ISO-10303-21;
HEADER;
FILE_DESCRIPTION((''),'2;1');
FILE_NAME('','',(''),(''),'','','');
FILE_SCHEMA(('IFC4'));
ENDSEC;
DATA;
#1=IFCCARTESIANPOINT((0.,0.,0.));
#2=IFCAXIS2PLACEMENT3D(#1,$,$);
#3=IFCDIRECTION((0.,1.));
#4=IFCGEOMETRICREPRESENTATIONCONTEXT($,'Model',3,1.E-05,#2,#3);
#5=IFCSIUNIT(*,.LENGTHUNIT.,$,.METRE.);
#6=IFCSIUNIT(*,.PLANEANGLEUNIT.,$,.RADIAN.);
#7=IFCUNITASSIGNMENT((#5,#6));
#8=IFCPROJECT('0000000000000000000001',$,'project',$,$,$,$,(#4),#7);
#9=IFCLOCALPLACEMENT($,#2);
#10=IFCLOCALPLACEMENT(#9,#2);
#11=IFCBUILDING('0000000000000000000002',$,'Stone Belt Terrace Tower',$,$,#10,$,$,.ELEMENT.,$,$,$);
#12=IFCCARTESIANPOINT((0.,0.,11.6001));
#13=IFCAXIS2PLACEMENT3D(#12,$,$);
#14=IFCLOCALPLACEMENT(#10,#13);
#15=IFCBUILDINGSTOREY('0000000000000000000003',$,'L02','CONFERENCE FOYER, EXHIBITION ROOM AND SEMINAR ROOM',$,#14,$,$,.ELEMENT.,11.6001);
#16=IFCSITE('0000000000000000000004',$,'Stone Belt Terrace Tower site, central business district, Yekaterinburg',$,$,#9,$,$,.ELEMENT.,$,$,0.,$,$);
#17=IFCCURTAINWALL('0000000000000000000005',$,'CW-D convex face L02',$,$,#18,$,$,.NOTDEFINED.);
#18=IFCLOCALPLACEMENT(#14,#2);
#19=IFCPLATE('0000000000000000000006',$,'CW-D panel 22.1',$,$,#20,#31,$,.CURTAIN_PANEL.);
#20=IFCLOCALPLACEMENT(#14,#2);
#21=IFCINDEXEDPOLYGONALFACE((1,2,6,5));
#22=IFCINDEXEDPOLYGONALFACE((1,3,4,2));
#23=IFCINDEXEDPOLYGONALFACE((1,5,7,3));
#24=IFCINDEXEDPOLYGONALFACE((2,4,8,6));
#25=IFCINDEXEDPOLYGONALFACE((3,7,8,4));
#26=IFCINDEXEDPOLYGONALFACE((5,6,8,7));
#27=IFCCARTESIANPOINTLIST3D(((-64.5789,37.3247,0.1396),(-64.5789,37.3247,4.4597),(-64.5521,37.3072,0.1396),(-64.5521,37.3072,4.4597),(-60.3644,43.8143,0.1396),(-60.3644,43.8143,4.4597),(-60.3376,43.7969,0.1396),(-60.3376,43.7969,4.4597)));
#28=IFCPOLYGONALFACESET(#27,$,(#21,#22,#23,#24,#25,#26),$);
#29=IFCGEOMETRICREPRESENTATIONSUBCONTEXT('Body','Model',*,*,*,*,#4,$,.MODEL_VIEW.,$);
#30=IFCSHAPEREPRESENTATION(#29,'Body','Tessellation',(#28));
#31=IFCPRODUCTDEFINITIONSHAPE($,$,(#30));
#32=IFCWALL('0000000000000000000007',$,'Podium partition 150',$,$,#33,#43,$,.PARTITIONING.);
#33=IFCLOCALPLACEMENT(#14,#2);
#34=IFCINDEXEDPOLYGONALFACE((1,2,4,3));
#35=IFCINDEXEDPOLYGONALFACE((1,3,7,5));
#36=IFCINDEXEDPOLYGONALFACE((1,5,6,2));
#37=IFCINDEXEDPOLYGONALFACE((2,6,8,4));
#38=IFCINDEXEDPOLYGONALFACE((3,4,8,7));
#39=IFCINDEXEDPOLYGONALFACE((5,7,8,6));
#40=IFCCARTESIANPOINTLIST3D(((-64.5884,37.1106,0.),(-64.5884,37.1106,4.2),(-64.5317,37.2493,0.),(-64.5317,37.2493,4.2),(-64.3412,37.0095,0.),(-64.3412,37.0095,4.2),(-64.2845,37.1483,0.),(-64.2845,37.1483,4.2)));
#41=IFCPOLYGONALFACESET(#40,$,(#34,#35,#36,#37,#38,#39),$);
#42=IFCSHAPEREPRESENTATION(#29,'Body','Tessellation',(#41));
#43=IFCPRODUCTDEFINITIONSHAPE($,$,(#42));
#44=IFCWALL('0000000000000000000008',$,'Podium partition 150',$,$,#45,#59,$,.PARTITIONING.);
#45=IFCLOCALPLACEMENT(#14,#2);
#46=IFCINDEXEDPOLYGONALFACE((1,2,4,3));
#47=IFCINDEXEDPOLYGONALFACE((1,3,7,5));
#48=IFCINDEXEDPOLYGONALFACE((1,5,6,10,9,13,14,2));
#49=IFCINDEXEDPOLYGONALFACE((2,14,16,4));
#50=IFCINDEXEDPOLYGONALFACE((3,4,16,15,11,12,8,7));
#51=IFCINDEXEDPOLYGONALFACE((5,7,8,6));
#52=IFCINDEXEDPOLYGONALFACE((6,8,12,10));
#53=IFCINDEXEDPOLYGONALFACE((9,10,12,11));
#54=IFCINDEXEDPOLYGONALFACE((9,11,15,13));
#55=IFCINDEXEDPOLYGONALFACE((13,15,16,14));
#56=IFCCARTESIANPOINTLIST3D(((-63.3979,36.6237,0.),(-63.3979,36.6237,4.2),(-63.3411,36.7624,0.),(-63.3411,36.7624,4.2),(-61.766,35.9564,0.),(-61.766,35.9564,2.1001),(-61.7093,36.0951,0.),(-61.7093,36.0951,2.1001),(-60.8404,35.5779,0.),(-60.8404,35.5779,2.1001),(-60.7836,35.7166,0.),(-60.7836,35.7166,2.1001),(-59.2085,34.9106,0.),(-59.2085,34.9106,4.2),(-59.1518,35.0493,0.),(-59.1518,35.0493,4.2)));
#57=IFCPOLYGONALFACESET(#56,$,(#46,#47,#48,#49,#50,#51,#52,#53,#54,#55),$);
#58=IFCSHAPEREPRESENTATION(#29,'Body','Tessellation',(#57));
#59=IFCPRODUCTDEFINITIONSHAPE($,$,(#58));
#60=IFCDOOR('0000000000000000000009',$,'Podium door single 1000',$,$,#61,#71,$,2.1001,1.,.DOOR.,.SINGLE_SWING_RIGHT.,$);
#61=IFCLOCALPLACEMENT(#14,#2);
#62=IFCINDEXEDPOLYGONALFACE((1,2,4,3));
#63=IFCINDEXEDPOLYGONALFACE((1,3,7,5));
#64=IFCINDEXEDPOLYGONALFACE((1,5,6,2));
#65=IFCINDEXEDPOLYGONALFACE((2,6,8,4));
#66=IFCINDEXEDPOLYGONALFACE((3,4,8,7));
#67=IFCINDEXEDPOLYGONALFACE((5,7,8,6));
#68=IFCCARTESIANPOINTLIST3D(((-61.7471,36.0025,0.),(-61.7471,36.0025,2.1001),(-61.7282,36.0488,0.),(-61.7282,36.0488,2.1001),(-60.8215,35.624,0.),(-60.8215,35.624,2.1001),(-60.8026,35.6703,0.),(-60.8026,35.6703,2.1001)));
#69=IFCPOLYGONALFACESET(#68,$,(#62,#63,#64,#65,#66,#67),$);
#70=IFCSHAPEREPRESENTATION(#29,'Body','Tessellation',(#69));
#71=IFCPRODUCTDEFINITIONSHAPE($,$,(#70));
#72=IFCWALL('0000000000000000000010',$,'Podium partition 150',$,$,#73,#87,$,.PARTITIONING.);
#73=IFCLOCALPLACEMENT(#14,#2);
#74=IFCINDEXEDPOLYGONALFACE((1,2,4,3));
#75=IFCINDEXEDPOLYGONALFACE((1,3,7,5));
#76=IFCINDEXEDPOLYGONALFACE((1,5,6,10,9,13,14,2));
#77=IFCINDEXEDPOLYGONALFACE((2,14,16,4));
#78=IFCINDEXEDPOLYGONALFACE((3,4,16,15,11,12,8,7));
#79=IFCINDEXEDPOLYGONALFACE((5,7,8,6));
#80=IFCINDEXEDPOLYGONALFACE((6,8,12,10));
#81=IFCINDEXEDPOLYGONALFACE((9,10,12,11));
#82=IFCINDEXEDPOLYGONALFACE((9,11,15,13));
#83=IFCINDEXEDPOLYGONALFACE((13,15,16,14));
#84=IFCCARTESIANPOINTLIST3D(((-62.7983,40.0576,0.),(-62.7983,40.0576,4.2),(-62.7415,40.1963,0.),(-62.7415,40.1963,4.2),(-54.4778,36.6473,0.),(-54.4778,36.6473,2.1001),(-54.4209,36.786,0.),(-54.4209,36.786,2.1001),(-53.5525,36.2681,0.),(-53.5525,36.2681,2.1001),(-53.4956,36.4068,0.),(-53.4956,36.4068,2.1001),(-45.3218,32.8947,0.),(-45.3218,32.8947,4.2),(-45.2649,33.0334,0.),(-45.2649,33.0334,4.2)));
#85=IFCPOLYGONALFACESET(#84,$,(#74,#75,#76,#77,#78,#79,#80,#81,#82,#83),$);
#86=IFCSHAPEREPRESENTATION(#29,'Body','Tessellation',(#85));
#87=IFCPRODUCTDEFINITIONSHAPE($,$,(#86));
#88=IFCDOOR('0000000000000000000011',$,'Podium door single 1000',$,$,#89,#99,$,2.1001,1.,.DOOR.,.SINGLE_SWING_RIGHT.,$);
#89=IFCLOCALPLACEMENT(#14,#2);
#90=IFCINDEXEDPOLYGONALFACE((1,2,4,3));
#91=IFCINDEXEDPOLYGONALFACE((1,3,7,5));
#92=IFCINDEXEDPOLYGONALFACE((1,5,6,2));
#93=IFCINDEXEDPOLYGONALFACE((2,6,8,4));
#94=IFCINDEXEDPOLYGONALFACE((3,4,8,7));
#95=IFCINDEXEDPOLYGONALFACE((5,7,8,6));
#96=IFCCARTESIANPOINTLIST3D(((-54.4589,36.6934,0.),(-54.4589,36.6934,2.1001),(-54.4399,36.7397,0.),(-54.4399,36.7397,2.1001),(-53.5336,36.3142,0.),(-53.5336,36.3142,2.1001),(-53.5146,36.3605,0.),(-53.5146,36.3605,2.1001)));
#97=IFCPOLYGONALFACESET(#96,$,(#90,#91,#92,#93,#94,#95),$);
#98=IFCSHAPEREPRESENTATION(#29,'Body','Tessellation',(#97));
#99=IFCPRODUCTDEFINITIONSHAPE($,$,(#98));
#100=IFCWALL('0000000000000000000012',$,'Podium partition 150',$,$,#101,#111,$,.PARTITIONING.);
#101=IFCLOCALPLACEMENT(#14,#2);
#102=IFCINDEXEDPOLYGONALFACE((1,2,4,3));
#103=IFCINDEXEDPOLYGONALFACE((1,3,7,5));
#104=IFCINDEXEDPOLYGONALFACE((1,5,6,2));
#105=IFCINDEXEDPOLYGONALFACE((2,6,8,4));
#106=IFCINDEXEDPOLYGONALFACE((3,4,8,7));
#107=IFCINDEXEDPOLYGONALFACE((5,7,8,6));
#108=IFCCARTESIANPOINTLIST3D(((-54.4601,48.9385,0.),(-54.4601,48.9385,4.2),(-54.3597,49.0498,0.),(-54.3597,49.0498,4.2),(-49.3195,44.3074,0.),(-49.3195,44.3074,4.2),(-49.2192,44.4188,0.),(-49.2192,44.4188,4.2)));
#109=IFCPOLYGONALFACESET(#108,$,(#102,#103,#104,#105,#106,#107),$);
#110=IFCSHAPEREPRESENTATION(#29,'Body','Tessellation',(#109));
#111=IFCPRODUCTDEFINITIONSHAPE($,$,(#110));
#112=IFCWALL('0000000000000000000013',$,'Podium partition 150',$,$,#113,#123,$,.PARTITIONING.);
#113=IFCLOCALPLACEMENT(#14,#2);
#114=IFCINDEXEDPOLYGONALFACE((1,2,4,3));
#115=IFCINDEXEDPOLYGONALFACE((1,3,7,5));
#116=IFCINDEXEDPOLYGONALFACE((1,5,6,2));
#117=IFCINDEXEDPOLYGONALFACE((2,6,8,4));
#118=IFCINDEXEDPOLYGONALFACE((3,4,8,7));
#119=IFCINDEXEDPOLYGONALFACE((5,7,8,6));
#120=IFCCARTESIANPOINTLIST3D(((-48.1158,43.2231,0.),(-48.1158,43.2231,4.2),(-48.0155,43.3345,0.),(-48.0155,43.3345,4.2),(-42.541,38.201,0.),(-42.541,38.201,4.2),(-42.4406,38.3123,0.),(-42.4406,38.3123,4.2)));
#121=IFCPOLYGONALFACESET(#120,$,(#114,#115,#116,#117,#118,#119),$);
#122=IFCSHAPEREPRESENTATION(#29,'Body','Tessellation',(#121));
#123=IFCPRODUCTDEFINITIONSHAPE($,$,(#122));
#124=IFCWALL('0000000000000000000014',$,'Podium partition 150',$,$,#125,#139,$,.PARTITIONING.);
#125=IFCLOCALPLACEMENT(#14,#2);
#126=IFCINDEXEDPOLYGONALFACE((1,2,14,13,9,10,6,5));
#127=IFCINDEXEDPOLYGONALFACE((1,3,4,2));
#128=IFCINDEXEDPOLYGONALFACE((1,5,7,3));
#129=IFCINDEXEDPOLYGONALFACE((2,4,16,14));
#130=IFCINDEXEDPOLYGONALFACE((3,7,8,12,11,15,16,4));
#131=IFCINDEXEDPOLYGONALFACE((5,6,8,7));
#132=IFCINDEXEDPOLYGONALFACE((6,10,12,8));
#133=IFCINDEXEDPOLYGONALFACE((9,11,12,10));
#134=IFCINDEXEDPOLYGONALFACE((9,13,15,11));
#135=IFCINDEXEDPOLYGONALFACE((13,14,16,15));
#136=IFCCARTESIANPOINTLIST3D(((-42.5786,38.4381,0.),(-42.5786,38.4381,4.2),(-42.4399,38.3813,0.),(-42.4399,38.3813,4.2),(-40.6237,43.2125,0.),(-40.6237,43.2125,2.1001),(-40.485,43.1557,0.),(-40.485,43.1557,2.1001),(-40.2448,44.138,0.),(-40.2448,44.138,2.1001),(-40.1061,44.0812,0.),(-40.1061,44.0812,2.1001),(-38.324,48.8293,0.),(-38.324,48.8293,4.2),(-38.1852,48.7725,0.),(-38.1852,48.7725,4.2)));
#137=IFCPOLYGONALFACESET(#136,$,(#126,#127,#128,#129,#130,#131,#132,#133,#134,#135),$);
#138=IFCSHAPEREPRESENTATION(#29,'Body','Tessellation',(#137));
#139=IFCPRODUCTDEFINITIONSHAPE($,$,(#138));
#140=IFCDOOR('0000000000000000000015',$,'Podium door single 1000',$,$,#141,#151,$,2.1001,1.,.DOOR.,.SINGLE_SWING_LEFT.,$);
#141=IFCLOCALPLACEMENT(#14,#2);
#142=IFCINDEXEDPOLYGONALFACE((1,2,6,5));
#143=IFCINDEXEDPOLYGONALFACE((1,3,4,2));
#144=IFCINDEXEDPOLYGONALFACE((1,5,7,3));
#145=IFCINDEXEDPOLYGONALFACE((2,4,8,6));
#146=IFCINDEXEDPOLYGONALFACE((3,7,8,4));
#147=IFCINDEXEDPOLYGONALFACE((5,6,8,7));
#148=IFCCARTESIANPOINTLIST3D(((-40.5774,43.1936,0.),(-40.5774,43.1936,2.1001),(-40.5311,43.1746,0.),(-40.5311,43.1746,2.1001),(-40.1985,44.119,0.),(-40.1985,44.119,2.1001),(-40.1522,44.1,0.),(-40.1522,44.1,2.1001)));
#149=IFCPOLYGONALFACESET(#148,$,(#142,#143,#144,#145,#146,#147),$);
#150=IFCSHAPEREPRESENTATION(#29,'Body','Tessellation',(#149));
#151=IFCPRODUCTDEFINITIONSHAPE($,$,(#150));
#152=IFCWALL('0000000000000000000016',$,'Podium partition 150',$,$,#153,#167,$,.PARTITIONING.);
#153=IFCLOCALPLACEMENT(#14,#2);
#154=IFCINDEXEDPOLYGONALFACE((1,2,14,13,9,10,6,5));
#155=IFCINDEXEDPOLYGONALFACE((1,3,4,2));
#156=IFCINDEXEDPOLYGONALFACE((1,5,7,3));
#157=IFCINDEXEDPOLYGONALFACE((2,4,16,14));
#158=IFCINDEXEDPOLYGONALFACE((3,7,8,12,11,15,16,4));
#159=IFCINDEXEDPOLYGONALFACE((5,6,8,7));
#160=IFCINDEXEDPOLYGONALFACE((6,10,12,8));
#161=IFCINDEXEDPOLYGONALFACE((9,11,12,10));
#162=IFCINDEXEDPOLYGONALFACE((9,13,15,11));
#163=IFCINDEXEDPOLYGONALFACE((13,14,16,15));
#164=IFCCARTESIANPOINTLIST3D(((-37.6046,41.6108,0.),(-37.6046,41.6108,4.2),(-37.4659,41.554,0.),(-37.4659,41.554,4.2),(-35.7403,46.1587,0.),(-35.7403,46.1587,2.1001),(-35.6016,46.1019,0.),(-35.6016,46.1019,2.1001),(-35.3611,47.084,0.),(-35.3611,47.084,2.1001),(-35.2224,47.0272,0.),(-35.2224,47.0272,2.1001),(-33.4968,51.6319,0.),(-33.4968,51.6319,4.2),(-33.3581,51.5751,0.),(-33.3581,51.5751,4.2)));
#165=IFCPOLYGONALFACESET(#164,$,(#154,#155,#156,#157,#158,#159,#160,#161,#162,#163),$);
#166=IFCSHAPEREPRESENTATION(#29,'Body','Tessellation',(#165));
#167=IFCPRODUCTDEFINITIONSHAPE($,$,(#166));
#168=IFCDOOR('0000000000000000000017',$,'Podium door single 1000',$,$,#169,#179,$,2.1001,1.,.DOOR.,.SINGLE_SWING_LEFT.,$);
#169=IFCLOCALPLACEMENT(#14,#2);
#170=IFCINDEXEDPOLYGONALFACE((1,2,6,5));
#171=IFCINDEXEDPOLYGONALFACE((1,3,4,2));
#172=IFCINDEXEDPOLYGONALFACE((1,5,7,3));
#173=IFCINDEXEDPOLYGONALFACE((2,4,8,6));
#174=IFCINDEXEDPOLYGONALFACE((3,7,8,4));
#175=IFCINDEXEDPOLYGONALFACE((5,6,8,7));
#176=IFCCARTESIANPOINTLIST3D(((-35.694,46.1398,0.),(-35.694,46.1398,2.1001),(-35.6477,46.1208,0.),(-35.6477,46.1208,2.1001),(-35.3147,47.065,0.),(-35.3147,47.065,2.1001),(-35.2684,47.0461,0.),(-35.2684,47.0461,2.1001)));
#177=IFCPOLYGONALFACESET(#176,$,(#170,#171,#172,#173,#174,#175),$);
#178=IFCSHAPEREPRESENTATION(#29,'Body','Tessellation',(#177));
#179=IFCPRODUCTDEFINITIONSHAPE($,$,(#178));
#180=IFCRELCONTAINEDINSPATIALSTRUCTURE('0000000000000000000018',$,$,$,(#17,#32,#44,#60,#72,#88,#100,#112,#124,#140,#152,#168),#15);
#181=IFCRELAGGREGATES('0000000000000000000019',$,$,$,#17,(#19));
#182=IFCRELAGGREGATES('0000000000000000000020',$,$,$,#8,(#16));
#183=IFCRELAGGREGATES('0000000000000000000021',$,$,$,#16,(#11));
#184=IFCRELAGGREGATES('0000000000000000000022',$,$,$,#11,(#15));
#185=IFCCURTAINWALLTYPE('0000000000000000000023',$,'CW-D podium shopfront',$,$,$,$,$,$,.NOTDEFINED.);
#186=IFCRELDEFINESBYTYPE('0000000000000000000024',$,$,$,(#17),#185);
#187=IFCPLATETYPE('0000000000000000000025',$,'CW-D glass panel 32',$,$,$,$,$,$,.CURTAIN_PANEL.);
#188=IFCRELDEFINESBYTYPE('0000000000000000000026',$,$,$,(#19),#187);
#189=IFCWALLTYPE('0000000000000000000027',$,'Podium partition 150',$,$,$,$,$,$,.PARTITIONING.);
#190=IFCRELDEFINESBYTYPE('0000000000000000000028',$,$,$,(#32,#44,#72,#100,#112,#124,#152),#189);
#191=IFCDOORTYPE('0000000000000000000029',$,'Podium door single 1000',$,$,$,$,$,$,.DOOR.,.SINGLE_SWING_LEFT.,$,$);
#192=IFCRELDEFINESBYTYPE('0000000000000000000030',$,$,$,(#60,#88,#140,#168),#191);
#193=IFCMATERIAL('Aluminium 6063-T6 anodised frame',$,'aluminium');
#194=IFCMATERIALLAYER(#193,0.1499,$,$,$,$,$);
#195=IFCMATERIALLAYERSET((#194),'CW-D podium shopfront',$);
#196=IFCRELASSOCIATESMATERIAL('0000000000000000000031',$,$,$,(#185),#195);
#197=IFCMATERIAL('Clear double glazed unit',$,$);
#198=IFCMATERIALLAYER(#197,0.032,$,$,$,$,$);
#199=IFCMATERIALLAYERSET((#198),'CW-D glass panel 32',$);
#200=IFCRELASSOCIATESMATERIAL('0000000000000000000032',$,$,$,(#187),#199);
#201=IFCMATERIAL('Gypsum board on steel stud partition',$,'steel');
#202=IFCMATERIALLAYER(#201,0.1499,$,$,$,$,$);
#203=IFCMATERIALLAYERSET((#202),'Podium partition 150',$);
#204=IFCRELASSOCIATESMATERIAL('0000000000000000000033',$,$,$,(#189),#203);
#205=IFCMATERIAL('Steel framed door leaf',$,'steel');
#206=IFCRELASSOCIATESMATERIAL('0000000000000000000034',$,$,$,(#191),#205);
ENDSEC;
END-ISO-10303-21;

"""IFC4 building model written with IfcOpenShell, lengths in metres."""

from ifc_helpers import new_model, si_unit, direction, frame, frame_2d, origin, origin_2d, place, context, subcontext, project, spatial, rectangle, extrude, material, layer, layer_set, type_object, element, fill, aggregate, save


model = new_model("IFC4")

# Units and contexts
model_context = context("Model", 3, precision=1e-05, world=origin(), true_north=direction((0.0, 1.0)))
body_context = subcontext(model_context, "Body", "Model", "MODEL_VIEW")
ifc_project = project(units=[si_unit("LENGTHUNIT", "METRE"), si_unit("PLANEANGLEUNIT", "RADIAN")], contexts=[model_context])

# Site, building, storey
site_placement = place(None, origin())
site = spatial("IfcSite", under=ifc_project, at=site_placement, Name="Stone Belt Terrace Tower site, central business district, Yekaterinburg", CompositionType="ELEMENT", RefElevation=0.0)
building_placement = place(site_placement, origin())
building = spatial("IfcBuilding", under=site, at=building_placement, Name="Stone Belt Terrace Tower", CompositionType="ELEMENT")
storey_placement = place(building_placement, frame((0.0, 0.0, 11.6001)))
storey = spatial("IfcBuildingStorey", under=building, at=storey_placement, Name="L02", Description="CONFERENCE FOYER, EXHIBITION ROOM AND SEMINAR ROOM", CompositionType="ELEMENT", Elevation=11.6001)

# Curtain wall, plate
ifc_material_1 = material(Name="Aluminium 6063-T6 anodised frame", Category="aluminium")
ifc_layer_1 = layer(ifc_material_1, 0.1499)
ifc_layer_set_1 = layer_set([ifc_layer_1], Name="CW-D podium shopfront")
curtain_wall_type = type_object("IfcCurtainWallType", Name="CW-D podium shopfront", PredefinedType="NOTDEFINED", material=ifc_layer_set_1)
curtain_wall_placement = place(storey_placement, origin())
curtain_wall = element("IfcCurtainWall", 1, at=curtain_wall_placement, inside=storey, type_object=curtain_wall_type, Name="CW-D convex face L02", PredefinedType="NOTDEFINED")
ifc_material_2 = material(Name="Clear double glazed unit")
ifc_layer_2 = layer(ifc_material_2, 0.032)
ifc_layer_set_2 = layer_set([ifc_layer_2], Name="CW-D glass panel 32")
plate_type = type_object("IfcPlateType", Name="CW-D glass panel 32", PredefinedType="CURTAIN_PANEL", material=ifc_layer_set_2)
plate_1_placement = place(storey_placement, frame((-62.4583, 40.5608, 0.1396), z_axis=(0.0, 0.0, 1.0), x_axis=(-0.544639, -0.838671, 0.0)))
plate_1 = element("IfcPlate", 2, at=plate_1_placement, type_object=plate_type, Name="CW-D panel 22.1", PredefinedType="CURTAIN_PANEL", context=body_context, shape_type="SweptSolid", body=[
    extrude(rectangle(XDim=7.738, YDim=0.032, at=origin_2d()), origin(), (0.0, 0.0, 1.0), 4.3201),
])
aggregate(curtain_wall, [plate_1])

# Wall
ifc_material_3 = material(Name="Gypsum board on steel stud partition", Category="steel")
ifc_layer_3 = layer(ifc_material_3, 0.1499)
ifc_layer_set_3 = layer_set([ifc_layer_3], Name="Podium partition 150")
wall_type = type_object("IfcWallType", Name="Podium partition 150", PredefinedType="PARTITIONING", material=ifc_layer_set_3)
wall_1_placement = place(storey_placement, frame((-64.5601, 37.1799, 0.0), z_axis=(0.0, 0.0, 1.0), x_axis=(0.925678, -0.378313, 0.0)))
element("IfcWall", 3, at=wall_1_placement, inside=storey, type_object=wall_type, Name="Podium partition 150", PredefinedType="PARTITIONING", context=body_context, shape_type="SweptSolid", body=[
    extrude(rectangle(XDim=0.2671, YDim=0.1499, at=frame_2d((0.1335, 0.0))), origin(), (0.0, 0.0, 1.0), 4.2),
])

# Walls, openings, doors
wall_2_placement = place(storey_placement, frame((-63.3696, 36.6931, 0.0), z_axis=(0.0, 0.0, 1.0), x_axis=(0.925604, -0.378494, 0.0)))
wall_2 = element("IfcWall", 4, at=wall_2_placement, inside=storey, type_object=wall_type, Name="Podium partition 150", PredefinedType="PARTITIONING", context=body_context, shape_type="SweptSolid", body=[
    extrude(rectangle(XDim=4.5261, YDim=0.1499, at=frame_2d((2.2632, 0.0))), origin(), (0.0, 0.0, 1.0), 4.2),
])
opening_1_placement = place(wall_2_placement, frame((1.7632, 0.0, 0.0)))
opening_1 = element("IfcOpeningElement", 5, at=opening_1_placement, cuts=wall_2, PredefinedType="OPENING", context=body_context, shape_type="SweptSolid", body=[
    extrude(rectangle(XDim=1.0, YDim=2.1001, at=frame_2d((0.5, 1.05))), frame((0.0, 0.085, 0.0), z_axis=(0.0, -1.0, 0.0), x_axis=(1.0, 0.0, 0.0)), (0.0, 0.0, 1.0), 0.1699),
])
ifc_material_4 = material(Name="Steel framed door leaf", Category="steel")
door_type = type_object("IfcDoorType", Name="Podium door single 1000", OperationType="SINGLE_SWING_LEFT", PredefinedType="DOOR", material=ifc_material_4)
door_1_placement = place(opening_1_placement, origin())
door_1 = element("IfcDoor", 6, at=door_1_placement, inside=storey, type_object=door_type, Name="Podium door single 1000", OperationType="SINGLE_SWING_RIGHT", OverallHeight=2.1001, OverallWidth=1.0, PredefinedType="DOOR", context=body_context, shape_type="SweptSolid", body=[
    extrude(rectangle(XDim=1.0, YDim=2.1001, at=frame_2d((0.5, 1.05))), frame((0.0, 0.0249, 0.0), z_axis=(0.0, -1.0, 0.0), x_axis=(1.0, 0.0, 0.0)), (0.0, 0.0, 1.0), 0.05),
])
fill(opening_1, door_1)
wall_3_placement = place(storey_placement, frame((-62.77, 40.127, 0.0), z_axis=(0.0, 0.0, 1.0), x_axis=(0.925299, -0.379238, 0.0)))
wall_3 = element("IfcWall", 7, at=wall_3_placement, inside=storey, type_object=wall_type, Name="Podium partition 150", PredefinedType="PARTITIONING", context=body_context, shape_type="SweptSolid", body=[
    extrude(rectangle(XDim=18.8875, YDim=0.1499, at=frame_2d((9.4438, 0.0))), origin(), (0.0, 0.0, 1.0), 4.2),
])
opening_2_placement = place(wall_3_placement, frame((8.9924, 0.0, 0.0)))
opening_2 = element("IfcOpeningElement", 8, at=opening_2_placement, cuts=wall_3, PredefinedType="OPENING", context=body_context, shape_type="SweptSolid", body=[
    extrude(rectangle(XDim=1.0, YDim=2.1001, at=frame_2d((0.5, 1.05))), frame((0.0, 0.085, 0.0), z_axis=(0.0, -1.0, 0.0), x_axis=(1.0, 0.0, 0.0)), (0.0, 0.0, 1.0), 0.1699),
])
door_2_placement = place(opening_2_placement, origin())
door_2 = element("IfcDoor", 9, at=door_2_placement, inside=storey, type_object=door_type, Name="Podium door single 1000", OperationType="SINGLE_SWING_RIGHT", OverallHeight=2.1001, OverallWidth=1.0, PredefinedType="DOOR", context=body_context, shape_type="SweptSolid", body=[
    extrude(rectangle(XDim=1.0, YDim=2.1001, at=frame_2d((0.5, 1.05))), frame((0.0, 0.0249, 0.0), z_axis=(0.0, -1.0, 0.0), x_axis=(1.0, 0.0, 0.0)), (0.0, 0.0, 1.0), 0.05),
])
fill(opening_2, door_2)

# Walls
wall_4_placement = place(storey_placement, frame((-54.4099, 48.9941, 0.0), z_axis=(0.0, 0.0, 1.0), x_axis=(0.742968, -0.669327, 0.0)))
element("IfcWall", 10, at=wall_4_placement, inside=storey, type_object=wall_type, Name="Podium partition 150", PredefinedType="PARTITIONING", context=body_context, shape_type="SweptSolid", body=[
    extrude(rectangle(XDim=6.9189, YDim=0.1499, at=frame_2d((3.4595, 0.0))), origin(), (0.0, 0.0, 1.0), 4.2),
])
wall_5_placement = place(storey_placement, frame((-48.0657, 43.2788, 0.0), z_axis=(0.0, 0.0, 1.0), x_axis=(0.742979, -0.669315, 0.0)))
element("IfcWall", 11, at=wall_5_placement, inside=storey, type_object=wall_type, Name="Podium partition 150", PredefinedType="PARTITIONING", context=body_context, shape_type="SweptSolid", body=[
    extrude(rectangle(XDim=7.5034, YDim=0.1499, at=frame_2d((3.7517, 0.0))), origin(), (0.0, 0.0, 1.0), 4.2),
])

# Walls, openings, doors
wall_6_placement = place(storey_placement, frame((-42.5093, 38.4097, 0.0), z_axis=(0.0, 0.0, 1.0), x_axis=(0.378917, 0.925431, 0.0)))
wall_6 = element("IfcWall", 12, at=wall_6_placement, inside=storey, type_object=wall_type, Name="Podium partition 150", PredefinedType="PARTITIONING", context=body_context, shape_type="SweptSolid", body=[
    extrude(rectangle(XDim=11.2285, YDim=0.1499, at=frame_2d((5.6143, 0.0))), origin(), (0.0, 0.0, 1.0), 4.2),
])
opening_3_placement = place(wall_6_placement, frame((5.1592, 0.0, 0.0)))
opening_3 = element("IfcOpeningElement", 13, at=opening_3_placement, cuts=wall_6, PredefinedType="OPENING", context=body_context, shape_type="SweptSolid", body=[
    extrude(rectangle(XDim=1.0, YDim=2.1001, at=frame_2d((0.5, 1.05))), frame((0.0, 0.085, 0.0), z_axis=(0.0, -1.0, 0.0), x_axis=(1.0, 0.0, 0.0)), (0.0, 0.0, 1.0), 0.1699),
])
door_3_placement = place(opening_3_placement, origin())
door_3 = element("IfcDoor", 14, at=door_3_placement, inside=storey, type_object=door_type, Name="Podium door single 1000", OperationType="SINGLE_SWING_LEFT", OverallHeight=2.1001, OverallWidth=1.0, PredefinedType="DOOR", context=body_context, shape_type="SweptSolid", body=[
    extrude(rectangle(XDim=1.0, YDim=2.1001, at=frame_2d((0.5, 1.05))), frame((0.0, 0.0249, 0.0), z_axis=(0.0, -1.0, 0.0), x_axis=(1.0, 0.0, 0.0)), (0.0, 0.0, 1.0), 0.05),
])
fill(opening_3, door_3)
wall_7_placement = place(storey_placement, frame((-37.5352, 41.5825, 0.0), z_axis=(0.0, 0.0, 1.0), x_axis=(0.379279, 0.925282, 0.0)))
wall_7 = element("IfcWall", 15, at=wall_7_placement, inside=storey, type_object=wall_type, Name="Podium partition 150", PredefinedType="PARTITIONING", context=body_context, shape_type="SweptSolid", body=[
    extrude(rectangle(XDim=10.8303, YDim=0.1499, at=frame_2d((5.415, 0.0))), origin(), (0.0, 0.0, 1.0), 4.2),
])
opening_4_placement = place(wall_7_placement, frame((4.915, 0.0, 0.0)))
opening_4 = element("IfcOpeningElement", 16, at=opening_4_placement, cuts=wall_7, PredefinedType="OPENING", context=body_context, shape_type="SweptSolid", body=[
    extrude(rectangle(XDim=1.0, YDim=2.1001, at=frame_2d((0.5, 1.05))), frame((0.0, 0.085, 0.0), z_axis=(0.0, -1.0, 0.0), x_axis=(1.0, 0.0, 0.0)), (0.0, 0.0, 1.0), 0.1699),
])
door_4_placement = place(opening_4_placement, origin())
door_4 = element("IfcDoor", 17, at=door_4_placement, inside=storey, type_object=door_type, Name="Podium door single 1000", OperationType="SINGLE_SWING_LEFT", OverallHeight=2.1001, OverallWidth=1.0, PredefinedType="DOOR", context=body_context, shape_type="SweptSolid", body=[
    extrude(rectangle(XDim=1.0, YDim=2.1001, at=frame_2d((0.5, 1.05))), frame((0.0, 0.0249, 0.0), z_axis=(0.0, -1.0, 0.0), x_axis=(1.0, 0.0, 0.0)), (0.0, 0.0, 1.0), 0.05),
])
fill(opening_4, door_4)

save(model, "model.ifc")
